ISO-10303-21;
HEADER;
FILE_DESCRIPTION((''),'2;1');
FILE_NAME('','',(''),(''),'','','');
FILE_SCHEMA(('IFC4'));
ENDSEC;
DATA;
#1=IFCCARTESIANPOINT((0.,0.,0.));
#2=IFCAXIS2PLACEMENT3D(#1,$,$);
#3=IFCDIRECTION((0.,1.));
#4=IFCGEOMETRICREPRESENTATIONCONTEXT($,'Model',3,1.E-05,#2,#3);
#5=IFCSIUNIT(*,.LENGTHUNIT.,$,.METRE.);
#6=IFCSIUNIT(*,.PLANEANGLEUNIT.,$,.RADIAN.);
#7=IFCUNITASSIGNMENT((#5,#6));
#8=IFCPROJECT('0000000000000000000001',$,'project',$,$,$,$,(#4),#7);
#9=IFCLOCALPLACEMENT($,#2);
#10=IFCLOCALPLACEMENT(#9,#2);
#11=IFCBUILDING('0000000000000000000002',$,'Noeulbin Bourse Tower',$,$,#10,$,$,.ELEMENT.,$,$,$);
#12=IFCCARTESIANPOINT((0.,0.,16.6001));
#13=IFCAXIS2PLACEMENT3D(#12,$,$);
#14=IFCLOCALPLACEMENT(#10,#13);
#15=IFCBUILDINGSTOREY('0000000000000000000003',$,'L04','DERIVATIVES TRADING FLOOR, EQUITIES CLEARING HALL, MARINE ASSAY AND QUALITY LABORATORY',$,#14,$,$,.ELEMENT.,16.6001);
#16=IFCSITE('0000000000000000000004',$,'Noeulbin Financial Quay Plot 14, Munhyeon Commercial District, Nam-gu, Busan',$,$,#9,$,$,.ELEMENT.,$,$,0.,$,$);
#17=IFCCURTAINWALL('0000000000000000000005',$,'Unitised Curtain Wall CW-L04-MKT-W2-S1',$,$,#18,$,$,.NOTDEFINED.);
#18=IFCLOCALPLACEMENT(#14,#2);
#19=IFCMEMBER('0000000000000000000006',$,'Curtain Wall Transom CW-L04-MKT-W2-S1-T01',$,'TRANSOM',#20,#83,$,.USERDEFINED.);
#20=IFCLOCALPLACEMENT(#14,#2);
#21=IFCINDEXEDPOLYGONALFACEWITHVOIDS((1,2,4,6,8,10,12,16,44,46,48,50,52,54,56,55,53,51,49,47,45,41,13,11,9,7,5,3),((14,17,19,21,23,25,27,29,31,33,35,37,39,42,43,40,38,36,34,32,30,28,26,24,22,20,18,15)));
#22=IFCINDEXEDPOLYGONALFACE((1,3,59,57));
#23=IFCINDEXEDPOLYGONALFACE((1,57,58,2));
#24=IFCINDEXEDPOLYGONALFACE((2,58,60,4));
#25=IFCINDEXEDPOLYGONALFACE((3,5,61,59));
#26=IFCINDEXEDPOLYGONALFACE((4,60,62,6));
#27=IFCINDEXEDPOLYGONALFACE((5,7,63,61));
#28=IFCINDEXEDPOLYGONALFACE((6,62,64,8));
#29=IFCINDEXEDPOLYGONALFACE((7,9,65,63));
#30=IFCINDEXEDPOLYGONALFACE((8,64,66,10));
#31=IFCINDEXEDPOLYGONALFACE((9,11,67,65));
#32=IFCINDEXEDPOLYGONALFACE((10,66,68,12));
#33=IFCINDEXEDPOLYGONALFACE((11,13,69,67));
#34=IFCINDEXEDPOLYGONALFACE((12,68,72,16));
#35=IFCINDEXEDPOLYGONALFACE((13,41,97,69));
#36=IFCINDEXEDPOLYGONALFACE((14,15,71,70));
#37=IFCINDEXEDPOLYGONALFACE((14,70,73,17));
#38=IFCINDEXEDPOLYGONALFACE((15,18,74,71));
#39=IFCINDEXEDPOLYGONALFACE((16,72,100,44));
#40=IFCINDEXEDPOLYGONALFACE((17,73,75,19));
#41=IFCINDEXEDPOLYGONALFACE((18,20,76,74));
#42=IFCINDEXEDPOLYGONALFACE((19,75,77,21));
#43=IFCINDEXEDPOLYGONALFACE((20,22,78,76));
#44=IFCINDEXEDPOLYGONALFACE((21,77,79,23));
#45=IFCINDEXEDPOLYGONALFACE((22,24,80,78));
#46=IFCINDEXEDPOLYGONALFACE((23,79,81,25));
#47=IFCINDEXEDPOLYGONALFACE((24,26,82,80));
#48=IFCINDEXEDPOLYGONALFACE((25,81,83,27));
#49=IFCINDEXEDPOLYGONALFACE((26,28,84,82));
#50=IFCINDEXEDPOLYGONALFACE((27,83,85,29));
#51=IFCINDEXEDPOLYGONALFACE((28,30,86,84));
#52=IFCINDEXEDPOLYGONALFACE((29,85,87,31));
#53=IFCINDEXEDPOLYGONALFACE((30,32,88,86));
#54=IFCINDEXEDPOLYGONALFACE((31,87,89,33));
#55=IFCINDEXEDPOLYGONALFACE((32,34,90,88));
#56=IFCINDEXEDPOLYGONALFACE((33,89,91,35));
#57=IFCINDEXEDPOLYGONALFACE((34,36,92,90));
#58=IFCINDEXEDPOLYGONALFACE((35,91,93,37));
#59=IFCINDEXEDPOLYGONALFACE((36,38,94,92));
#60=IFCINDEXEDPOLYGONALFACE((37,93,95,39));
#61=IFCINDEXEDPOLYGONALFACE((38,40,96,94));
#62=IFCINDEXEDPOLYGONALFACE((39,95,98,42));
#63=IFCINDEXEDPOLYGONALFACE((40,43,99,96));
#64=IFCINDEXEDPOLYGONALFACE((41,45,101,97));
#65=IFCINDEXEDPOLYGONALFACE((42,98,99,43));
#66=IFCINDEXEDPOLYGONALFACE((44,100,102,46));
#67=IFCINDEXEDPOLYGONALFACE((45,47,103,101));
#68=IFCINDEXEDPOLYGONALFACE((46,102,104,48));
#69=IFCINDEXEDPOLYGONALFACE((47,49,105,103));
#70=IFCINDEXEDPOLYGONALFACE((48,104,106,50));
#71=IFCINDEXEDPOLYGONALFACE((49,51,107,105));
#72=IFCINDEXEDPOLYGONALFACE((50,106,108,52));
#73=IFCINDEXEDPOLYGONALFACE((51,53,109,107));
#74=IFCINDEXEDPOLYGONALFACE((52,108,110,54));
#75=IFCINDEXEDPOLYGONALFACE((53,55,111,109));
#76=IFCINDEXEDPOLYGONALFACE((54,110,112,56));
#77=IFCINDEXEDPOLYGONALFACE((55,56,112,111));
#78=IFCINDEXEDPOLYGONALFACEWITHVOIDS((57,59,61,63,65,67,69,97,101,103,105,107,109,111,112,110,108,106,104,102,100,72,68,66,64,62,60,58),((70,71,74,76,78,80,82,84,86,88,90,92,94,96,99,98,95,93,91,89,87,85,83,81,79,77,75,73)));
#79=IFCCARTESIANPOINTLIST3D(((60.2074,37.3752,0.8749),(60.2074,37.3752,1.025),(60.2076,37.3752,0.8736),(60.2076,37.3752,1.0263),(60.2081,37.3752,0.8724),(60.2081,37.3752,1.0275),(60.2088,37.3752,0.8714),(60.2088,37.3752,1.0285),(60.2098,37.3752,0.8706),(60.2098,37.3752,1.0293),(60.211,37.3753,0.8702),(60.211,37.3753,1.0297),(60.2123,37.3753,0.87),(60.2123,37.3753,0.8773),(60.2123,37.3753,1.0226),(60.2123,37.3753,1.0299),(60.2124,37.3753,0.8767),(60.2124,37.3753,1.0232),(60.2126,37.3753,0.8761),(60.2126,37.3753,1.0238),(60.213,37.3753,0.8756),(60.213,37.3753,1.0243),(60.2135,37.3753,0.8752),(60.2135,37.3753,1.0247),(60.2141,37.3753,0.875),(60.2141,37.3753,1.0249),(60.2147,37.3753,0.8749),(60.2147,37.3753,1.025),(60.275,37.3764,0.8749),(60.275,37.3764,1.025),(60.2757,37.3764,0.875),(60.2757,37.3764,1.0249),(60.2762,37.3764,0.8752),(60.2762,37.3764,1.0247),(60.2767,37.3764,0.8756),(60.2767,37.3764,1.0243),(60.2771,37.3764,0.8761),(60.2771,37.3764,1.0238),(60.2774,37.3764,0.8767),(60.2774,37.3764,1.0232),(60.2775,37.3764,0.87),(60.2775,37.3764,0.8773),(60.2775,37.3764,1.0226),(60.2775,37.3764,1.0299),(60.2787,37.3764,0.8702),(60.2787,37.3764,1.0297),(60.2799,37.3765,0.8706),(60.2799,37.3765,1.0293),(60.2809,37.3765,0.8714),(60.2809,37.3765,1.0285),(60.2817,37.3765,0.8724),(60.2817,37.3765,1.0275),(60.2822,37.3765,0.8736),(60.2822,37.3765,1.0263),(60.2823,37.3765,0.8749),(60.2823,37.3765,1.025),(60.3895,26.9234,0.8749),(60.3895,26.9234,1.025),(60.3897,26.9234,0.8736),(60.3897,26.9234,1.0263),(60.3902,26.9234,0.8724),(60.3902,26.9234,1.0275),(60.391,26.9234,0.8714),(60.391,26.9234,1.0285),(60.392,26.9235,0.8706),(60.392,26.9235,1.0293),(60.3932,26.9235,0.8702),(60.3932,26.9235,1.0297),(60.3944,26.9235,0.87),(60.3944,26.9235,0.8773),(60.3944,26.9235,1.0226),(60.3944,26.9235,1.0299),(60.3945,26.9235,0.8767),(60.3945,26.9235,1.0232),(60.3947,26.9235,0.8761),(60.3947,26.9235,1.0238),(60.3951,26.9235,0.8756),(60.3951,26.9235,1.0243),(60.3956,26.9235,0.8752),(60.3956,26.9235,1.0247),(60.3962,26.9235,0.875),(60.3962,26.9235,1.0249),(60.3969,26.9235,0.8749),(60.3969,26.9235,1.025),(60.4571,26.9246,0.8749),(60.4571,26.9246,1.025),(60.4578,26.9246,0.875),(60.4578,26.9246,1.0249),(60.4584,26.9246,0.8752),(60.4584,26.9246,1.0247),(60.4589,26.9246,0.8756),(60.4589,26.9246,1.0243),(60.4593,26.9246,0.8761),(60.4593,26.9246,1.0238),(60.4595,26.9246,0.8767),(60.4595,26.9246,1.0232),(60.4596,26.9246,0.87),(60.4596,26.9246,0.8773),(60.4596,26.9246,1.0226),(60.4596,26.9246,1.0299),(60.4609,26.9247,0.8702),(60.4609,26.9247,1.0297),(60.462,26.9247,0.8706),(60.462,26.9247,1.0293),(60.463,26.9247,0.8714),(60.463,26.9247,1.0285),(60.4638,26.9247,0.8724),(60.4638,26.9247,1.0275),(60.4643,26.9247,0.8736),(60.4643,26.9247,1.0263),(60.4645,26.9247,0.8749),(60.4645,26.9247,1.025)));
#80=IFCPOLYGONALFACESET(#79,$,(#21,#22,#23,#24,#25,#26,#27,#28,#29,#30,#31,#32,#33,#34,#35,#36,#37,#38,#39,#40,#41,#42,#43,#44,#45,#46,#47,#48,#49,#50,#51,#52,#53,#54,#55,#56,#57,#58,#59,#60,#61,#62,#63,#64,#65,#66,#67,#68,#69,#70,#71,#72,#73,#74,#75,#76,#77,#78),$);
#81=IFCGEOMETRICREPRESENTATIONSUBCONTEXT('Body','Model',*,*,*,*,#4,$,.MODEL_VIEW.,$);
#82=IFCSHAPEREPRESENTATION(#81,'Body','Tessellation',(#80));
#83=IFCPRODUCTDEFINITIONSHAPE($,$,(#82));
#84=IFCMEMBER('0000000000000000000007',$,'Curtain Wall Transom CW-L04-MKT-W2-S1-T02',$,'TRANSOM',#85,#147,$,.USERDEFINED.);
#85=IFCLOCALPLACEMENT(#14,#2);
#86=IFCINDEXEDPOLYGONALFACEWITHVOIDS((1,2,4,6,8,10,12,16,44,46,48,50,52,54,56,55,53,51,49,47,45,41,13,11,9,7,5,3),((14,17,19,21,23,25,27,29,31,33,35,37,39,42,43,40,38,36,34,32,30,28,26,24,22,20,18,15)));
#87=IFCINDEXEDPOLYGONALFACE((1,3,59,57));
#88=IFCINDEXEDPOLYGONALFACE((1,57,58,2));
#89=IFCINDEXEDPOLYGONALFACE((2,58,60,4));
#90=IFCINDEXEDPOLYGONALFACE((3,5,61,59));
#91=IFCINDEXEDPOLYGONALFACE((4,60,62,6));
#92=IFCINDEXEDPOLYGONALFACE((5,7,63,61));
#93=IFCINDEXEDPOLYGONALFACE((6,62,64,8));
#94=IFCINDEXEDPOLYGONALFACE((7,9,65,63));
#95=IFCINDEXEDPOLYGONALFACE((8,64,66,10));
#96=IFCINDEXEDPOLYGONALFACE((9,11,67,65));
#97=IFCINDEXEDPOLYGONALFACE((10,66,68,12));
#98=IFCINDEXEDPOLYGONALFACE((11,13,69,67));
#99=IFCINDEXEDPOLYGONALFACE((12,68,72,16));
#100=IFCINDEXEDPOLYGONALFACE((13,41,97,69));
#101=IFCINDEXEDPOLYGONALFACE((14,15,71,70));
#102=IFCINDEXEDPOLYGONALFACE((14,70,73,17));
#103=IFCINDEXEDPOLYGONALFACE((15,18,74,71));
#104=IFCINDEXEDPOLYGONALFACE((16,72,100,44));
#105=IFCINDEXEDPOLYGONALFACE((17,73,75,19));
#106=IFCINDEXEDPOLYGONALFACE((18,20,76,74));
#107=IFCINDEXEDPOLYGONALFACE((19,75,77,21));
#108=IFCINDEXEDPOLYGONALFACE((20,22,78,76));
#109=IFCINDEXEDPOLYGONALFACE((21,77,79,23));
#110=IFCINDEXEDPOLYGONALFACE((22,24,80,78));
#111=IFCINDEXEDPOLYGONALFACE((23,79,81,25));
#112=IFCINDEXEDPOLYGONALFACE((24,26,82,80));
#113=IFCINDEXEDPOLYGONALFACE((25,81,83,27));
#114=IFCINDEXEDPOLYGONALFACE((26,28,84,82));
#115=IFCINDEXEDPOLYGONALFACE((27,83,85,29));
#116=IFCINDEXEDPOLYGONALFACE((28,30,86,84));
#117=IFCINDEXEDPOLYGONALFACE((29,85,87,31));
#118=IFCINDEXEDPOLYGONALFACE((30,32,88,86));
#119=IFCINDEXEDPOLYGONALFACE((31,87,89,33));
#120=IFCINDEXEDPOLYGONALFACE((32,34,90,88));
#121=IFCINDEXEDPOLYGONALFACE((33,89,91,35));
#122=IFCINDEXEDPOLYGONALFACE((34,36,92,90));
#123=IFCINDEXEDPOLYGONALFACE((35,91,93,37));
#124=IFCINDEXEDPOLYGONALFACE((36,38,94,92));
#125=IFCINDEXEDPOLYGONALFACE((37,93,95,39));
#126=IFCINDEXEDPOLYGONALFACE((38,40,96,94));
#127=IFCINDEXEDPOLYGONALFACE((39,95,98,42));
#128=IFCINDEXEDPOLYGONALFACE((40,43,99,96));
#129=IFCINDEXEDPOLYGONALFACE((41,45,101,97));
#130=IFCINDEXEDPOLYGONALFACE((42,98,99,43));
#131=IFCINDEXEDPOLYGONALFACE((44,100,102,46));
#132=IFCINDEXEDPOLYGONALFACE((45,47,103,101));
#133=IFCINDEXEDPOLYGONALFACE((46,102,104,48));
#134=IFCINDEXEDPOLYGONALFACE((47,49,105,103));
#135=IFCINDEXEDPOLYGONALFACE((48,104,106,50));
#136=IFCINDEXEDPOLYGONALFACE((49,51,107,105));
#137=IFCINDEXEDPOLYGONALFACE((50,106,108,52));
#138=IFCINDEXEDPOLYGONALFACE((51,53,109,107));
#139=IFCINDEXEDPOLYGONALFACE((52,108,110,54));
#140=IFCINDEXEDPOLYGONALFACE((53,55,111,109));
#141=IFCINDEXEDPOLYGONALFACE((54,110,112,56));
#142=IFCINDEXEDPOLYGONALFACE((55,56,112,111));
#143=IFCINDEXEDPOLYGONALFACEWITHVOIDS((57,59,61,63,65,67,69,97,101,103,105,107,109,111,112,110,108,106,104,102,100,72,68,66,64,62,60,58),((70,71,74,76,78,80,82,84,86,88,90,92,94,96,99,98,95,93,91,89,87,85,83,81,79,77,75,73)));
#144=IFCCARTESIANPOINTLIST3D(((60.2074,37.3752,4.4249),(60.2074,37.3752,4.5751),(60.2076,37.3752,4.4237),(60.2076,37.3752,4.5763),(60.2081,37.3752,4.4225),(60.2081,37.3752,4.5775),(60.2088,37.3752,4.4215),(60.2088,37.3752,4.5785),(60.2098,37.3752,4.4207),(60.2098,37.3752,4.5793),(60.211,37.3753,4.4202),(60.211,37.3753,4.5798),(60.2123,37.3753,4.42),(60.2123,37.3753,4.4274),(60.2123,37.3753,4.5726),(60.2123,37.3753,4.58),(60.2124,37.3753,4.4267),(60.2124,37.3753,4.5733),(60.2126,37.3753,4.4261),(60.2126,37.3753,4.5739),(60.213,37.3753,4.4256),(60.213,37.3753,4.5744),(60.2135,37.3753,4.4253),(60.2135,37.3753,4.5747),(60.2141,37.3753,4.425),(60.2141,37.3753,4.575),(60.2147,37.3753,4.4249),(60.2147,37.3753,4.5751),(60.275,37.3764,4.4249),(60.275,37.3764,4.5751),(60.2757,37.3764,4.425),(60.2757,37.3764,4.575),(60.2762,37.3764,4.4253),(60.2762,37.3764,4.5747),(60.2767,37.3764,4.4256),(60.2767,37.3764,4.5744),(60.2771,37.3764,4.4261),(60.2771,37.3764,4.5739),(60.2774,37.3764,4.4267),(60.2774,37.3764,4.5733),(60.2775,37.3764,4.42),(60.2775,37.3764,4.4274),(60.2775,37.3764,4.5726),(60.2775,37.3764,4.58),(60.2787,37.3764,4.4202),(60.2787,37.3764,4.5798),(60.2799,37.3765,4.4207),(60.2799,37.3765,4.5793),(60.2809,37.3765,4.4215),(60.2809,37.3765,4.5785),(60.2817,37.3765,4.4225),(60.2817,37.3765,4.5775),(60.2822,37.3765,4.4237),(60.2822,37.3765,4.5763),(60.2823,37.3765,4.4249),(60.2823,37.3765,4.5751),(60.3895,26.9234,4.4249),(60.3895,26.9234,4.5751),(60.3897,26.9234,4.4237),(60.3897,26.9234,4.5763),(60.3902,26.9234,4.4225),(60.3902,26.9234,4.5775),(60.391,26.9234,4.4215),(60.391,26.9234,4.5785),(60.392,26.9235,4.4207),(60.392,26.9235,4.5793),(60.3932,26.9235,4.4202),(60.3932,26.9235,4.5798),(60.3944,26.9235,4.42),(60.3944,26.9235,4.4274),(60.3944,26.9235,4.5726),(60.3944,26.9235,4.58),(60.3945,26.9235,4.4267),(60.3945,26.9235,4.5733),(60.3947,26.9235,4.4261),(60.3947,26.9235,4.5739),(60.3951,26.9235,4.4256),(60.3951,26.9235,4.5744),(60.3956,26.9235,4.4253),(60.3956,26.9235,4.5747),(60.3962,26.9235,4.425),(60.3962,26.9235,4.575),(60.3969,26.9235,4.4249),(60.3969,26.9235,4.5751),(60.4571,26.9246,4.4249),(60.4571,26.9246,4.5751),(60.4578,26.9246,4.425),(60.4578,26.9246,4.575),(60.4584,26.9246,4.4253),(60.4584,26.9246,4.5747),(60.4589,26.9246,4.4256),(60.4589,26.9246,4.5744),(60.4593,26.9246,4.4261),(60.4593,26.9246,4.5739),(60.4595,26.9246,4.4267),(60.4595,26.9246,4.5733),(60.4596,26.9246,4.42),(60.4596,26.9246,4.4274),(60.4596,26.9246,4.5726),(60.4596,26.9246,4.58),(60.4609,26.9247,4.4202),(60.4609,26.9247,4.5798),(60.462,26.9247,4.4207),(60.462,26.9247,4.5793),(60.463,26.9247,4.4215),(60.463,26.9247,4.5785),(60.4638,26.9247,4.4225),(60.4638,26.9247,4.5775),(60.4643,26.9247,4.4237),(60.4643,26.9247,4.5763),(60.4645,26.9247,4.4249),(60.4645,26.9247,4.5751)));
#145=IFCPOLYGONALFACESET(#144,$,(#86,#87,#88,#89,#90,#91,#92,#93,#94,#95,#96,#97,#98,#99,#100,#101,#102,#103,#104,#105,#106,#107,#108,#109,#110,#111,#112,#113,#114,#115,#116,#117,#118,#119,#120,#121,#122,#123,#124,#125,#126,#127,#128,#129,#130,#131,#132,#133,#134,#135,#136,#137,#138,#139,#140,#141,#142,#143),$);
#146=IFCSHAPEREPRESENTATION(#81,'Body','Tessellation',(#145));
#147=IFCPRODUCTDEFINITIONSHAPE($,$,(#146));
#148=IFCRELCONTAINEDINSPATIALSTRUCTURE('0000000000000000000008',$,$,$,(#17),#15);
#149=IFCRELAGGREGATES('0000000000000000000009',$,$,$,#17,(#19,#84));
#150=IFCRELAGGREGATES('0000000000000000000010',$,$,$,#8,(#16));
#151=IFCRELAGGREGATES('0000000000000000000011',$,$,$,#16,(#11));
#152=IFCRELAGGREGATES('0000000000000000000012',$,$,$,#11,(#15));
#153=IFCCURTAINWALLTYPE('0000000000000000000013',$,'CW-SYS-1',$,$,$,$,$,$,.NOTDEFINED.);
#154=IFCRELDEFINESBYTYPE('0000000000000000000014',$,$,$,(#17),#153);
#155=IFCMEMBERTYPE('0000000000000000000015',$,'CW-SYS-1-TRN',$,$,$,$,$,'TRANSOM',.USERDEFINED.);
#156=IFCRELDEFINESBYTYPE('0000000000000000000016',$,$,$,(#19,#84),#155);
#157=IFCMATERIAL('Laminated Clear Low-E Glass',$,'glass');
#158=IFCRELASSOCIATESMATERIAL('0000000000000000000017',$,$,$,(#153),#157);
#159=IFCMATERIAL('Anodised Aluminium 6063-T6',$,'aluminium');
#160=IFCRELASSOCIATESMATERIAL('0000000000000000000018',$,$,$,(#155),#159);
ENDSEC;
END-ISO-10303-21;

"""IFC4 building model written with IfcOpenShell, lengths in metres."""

from ifc_helpers import new_model, si_unit, direction, frame, origin, origin_2d, place, context, subcontext, project, spatial, hollow_rectangle, extrude, material, material_profile, profile_set, type_object, element, aggregate, save


model = new_model("IFC4")

# Units and contexts
model_context = context("Model", 3, precision=1e-05, world=origin(), true_north=direction((0.0, 1.0)))
body_context = subcontext(model_context, "Body", "Model", "MODEL_VIEW")
ifc_project = project(units=[si_unit("LENGTHUNIT", "METRE"), si_unit("PLANEANGLEUNIT", "RADIAN")], contexts=[model_context])

# Site, building, storey
site_placement = place(None, origin())
site = spatial("IfcSite", under=ifc_project, at=site_placement, Name="Noeulbin Financial Quay Plot 14, Munhyeon Commercial District, Nam-gu, Busan", CompositionType="ELEMENT", RefElevation=0.0)
building_placement = place(site_placement, origin())
building = spatial("IfcBuilding", under=site, at=building_placement, Name="Noeulbin Bourse Tower", CompositionType="ELEMENT")
storey_placement = place(building_placement, frame((0.0, 0.0, 16.6001)))
storey = spatial("IfcBuildingStorey", under=building, at=storey_placement, Name="L04", Description="DERIVATIVES TRADING FLOOR, EQUITIES CLEARING HALL, MARINE ASSAY AND QUALITY LABORATORY", CompositionType="ELEMENT", Elevation=16.6001)

# Curtain wall, members
ifc_material_1 = material(Name="Laminated Clear Low-E Glass", Category="glass")
curtain_wall_type_1 = type_object("IfcCurtainWallType", Name="CW-SYS-1", PredefinedType="NOTDEFINED", material=ifc_material_1)
curtain_wall_1_placement = place(storey_placement, origin())
curtain_wall_1 = element("IfcCurtainWall", 1, at=curtain_wall_1_placement, inside=storey, type_object=curtain_wall_type_1, Name="Unitised Curtain Wall CW-L04-MKT-W2-S1", PredefinedType="NOTDEFINED")
ifc_material_2 = material(Name="Anodised Aluminium 6063-T6", Category="aluminium")
ifc_material_profile_1 = material_profile(ifc_material_2, hollow_rectangle(XDim=0.075, YDim=0.1599, WallThickness=0.0049, InnerFilletRadius=0.0024, OuterFilletRadius=0.0049, at=origin_2d()), Name="ALU-TRAN-75x160x5", Category="LoadBearing")
ifc_profile_set_1 = profile_set([ifc_material_profile_1], Name="Anodised Aluminium 6063-T6")
member_type_1 = type_object("IfcMemberType", Name="CW-SYS-1-TRN", ElementType="TRANSOM", PredefinedType="USERDEFINED", material=ifc_profile_set_1)
member_1_placement = place(storey_placement, frame((60.427, 26.9241, 0.95), z_axis=(-0.017423, 0.999848, 0.0), x_axis=(-0.999848, -0.017423, 0.0)))
member_1 = element("IfcMember", 2, at=member_1_placement, type_object=member_type_1, Name="Curtain Wall Transom CW-L04-MKT-W2-S1-T01", ObjectType="TRANSOM", PredefinedType="USERDEFINED", context=body_context, shape_type="SweptSolid", body=[
    extrude(hollow_rectangle(XDim=0.075, YDim=0.1599, WallThickness=0.0049, InnerFilletRadius=0.0024, OuterFilletRadius=0.0049, at=origin_2d()), origin(), (0.0, 0.0, 1.0), 10.4534),
])
member_2_placement = place(storey_placement, frame((60.427, 26.9241, 4.5), z_axis=(-0.017423, 0.999848, 0.0), x_axis=(-0.999848, -0.017423, 0.0)))
member_2 = element("IfcMember", 3, at=member_2_placement, type_object=member_type_1, Name="Curtain Wall Transom CW-L04-MKT-W2-S1-T02", ObjectType="TRANSOM", PredefinedType="USERDEFINED", context=body_context, shape_type="SweptSolid", body=[
    extrude(hollow_rectangle(XDim=0.075, YDim=0.1599, WallThickness=0.0049, InnerFilletRadius=0.0024, OuterFilletRadius=0.0049, at=origin_2d()), origin(), (0.0, 0.0, 1.0), 10.4534),
])

aggregate(curtain_wall_1, [member_1, member_2])

save(model, "model.ifc")
